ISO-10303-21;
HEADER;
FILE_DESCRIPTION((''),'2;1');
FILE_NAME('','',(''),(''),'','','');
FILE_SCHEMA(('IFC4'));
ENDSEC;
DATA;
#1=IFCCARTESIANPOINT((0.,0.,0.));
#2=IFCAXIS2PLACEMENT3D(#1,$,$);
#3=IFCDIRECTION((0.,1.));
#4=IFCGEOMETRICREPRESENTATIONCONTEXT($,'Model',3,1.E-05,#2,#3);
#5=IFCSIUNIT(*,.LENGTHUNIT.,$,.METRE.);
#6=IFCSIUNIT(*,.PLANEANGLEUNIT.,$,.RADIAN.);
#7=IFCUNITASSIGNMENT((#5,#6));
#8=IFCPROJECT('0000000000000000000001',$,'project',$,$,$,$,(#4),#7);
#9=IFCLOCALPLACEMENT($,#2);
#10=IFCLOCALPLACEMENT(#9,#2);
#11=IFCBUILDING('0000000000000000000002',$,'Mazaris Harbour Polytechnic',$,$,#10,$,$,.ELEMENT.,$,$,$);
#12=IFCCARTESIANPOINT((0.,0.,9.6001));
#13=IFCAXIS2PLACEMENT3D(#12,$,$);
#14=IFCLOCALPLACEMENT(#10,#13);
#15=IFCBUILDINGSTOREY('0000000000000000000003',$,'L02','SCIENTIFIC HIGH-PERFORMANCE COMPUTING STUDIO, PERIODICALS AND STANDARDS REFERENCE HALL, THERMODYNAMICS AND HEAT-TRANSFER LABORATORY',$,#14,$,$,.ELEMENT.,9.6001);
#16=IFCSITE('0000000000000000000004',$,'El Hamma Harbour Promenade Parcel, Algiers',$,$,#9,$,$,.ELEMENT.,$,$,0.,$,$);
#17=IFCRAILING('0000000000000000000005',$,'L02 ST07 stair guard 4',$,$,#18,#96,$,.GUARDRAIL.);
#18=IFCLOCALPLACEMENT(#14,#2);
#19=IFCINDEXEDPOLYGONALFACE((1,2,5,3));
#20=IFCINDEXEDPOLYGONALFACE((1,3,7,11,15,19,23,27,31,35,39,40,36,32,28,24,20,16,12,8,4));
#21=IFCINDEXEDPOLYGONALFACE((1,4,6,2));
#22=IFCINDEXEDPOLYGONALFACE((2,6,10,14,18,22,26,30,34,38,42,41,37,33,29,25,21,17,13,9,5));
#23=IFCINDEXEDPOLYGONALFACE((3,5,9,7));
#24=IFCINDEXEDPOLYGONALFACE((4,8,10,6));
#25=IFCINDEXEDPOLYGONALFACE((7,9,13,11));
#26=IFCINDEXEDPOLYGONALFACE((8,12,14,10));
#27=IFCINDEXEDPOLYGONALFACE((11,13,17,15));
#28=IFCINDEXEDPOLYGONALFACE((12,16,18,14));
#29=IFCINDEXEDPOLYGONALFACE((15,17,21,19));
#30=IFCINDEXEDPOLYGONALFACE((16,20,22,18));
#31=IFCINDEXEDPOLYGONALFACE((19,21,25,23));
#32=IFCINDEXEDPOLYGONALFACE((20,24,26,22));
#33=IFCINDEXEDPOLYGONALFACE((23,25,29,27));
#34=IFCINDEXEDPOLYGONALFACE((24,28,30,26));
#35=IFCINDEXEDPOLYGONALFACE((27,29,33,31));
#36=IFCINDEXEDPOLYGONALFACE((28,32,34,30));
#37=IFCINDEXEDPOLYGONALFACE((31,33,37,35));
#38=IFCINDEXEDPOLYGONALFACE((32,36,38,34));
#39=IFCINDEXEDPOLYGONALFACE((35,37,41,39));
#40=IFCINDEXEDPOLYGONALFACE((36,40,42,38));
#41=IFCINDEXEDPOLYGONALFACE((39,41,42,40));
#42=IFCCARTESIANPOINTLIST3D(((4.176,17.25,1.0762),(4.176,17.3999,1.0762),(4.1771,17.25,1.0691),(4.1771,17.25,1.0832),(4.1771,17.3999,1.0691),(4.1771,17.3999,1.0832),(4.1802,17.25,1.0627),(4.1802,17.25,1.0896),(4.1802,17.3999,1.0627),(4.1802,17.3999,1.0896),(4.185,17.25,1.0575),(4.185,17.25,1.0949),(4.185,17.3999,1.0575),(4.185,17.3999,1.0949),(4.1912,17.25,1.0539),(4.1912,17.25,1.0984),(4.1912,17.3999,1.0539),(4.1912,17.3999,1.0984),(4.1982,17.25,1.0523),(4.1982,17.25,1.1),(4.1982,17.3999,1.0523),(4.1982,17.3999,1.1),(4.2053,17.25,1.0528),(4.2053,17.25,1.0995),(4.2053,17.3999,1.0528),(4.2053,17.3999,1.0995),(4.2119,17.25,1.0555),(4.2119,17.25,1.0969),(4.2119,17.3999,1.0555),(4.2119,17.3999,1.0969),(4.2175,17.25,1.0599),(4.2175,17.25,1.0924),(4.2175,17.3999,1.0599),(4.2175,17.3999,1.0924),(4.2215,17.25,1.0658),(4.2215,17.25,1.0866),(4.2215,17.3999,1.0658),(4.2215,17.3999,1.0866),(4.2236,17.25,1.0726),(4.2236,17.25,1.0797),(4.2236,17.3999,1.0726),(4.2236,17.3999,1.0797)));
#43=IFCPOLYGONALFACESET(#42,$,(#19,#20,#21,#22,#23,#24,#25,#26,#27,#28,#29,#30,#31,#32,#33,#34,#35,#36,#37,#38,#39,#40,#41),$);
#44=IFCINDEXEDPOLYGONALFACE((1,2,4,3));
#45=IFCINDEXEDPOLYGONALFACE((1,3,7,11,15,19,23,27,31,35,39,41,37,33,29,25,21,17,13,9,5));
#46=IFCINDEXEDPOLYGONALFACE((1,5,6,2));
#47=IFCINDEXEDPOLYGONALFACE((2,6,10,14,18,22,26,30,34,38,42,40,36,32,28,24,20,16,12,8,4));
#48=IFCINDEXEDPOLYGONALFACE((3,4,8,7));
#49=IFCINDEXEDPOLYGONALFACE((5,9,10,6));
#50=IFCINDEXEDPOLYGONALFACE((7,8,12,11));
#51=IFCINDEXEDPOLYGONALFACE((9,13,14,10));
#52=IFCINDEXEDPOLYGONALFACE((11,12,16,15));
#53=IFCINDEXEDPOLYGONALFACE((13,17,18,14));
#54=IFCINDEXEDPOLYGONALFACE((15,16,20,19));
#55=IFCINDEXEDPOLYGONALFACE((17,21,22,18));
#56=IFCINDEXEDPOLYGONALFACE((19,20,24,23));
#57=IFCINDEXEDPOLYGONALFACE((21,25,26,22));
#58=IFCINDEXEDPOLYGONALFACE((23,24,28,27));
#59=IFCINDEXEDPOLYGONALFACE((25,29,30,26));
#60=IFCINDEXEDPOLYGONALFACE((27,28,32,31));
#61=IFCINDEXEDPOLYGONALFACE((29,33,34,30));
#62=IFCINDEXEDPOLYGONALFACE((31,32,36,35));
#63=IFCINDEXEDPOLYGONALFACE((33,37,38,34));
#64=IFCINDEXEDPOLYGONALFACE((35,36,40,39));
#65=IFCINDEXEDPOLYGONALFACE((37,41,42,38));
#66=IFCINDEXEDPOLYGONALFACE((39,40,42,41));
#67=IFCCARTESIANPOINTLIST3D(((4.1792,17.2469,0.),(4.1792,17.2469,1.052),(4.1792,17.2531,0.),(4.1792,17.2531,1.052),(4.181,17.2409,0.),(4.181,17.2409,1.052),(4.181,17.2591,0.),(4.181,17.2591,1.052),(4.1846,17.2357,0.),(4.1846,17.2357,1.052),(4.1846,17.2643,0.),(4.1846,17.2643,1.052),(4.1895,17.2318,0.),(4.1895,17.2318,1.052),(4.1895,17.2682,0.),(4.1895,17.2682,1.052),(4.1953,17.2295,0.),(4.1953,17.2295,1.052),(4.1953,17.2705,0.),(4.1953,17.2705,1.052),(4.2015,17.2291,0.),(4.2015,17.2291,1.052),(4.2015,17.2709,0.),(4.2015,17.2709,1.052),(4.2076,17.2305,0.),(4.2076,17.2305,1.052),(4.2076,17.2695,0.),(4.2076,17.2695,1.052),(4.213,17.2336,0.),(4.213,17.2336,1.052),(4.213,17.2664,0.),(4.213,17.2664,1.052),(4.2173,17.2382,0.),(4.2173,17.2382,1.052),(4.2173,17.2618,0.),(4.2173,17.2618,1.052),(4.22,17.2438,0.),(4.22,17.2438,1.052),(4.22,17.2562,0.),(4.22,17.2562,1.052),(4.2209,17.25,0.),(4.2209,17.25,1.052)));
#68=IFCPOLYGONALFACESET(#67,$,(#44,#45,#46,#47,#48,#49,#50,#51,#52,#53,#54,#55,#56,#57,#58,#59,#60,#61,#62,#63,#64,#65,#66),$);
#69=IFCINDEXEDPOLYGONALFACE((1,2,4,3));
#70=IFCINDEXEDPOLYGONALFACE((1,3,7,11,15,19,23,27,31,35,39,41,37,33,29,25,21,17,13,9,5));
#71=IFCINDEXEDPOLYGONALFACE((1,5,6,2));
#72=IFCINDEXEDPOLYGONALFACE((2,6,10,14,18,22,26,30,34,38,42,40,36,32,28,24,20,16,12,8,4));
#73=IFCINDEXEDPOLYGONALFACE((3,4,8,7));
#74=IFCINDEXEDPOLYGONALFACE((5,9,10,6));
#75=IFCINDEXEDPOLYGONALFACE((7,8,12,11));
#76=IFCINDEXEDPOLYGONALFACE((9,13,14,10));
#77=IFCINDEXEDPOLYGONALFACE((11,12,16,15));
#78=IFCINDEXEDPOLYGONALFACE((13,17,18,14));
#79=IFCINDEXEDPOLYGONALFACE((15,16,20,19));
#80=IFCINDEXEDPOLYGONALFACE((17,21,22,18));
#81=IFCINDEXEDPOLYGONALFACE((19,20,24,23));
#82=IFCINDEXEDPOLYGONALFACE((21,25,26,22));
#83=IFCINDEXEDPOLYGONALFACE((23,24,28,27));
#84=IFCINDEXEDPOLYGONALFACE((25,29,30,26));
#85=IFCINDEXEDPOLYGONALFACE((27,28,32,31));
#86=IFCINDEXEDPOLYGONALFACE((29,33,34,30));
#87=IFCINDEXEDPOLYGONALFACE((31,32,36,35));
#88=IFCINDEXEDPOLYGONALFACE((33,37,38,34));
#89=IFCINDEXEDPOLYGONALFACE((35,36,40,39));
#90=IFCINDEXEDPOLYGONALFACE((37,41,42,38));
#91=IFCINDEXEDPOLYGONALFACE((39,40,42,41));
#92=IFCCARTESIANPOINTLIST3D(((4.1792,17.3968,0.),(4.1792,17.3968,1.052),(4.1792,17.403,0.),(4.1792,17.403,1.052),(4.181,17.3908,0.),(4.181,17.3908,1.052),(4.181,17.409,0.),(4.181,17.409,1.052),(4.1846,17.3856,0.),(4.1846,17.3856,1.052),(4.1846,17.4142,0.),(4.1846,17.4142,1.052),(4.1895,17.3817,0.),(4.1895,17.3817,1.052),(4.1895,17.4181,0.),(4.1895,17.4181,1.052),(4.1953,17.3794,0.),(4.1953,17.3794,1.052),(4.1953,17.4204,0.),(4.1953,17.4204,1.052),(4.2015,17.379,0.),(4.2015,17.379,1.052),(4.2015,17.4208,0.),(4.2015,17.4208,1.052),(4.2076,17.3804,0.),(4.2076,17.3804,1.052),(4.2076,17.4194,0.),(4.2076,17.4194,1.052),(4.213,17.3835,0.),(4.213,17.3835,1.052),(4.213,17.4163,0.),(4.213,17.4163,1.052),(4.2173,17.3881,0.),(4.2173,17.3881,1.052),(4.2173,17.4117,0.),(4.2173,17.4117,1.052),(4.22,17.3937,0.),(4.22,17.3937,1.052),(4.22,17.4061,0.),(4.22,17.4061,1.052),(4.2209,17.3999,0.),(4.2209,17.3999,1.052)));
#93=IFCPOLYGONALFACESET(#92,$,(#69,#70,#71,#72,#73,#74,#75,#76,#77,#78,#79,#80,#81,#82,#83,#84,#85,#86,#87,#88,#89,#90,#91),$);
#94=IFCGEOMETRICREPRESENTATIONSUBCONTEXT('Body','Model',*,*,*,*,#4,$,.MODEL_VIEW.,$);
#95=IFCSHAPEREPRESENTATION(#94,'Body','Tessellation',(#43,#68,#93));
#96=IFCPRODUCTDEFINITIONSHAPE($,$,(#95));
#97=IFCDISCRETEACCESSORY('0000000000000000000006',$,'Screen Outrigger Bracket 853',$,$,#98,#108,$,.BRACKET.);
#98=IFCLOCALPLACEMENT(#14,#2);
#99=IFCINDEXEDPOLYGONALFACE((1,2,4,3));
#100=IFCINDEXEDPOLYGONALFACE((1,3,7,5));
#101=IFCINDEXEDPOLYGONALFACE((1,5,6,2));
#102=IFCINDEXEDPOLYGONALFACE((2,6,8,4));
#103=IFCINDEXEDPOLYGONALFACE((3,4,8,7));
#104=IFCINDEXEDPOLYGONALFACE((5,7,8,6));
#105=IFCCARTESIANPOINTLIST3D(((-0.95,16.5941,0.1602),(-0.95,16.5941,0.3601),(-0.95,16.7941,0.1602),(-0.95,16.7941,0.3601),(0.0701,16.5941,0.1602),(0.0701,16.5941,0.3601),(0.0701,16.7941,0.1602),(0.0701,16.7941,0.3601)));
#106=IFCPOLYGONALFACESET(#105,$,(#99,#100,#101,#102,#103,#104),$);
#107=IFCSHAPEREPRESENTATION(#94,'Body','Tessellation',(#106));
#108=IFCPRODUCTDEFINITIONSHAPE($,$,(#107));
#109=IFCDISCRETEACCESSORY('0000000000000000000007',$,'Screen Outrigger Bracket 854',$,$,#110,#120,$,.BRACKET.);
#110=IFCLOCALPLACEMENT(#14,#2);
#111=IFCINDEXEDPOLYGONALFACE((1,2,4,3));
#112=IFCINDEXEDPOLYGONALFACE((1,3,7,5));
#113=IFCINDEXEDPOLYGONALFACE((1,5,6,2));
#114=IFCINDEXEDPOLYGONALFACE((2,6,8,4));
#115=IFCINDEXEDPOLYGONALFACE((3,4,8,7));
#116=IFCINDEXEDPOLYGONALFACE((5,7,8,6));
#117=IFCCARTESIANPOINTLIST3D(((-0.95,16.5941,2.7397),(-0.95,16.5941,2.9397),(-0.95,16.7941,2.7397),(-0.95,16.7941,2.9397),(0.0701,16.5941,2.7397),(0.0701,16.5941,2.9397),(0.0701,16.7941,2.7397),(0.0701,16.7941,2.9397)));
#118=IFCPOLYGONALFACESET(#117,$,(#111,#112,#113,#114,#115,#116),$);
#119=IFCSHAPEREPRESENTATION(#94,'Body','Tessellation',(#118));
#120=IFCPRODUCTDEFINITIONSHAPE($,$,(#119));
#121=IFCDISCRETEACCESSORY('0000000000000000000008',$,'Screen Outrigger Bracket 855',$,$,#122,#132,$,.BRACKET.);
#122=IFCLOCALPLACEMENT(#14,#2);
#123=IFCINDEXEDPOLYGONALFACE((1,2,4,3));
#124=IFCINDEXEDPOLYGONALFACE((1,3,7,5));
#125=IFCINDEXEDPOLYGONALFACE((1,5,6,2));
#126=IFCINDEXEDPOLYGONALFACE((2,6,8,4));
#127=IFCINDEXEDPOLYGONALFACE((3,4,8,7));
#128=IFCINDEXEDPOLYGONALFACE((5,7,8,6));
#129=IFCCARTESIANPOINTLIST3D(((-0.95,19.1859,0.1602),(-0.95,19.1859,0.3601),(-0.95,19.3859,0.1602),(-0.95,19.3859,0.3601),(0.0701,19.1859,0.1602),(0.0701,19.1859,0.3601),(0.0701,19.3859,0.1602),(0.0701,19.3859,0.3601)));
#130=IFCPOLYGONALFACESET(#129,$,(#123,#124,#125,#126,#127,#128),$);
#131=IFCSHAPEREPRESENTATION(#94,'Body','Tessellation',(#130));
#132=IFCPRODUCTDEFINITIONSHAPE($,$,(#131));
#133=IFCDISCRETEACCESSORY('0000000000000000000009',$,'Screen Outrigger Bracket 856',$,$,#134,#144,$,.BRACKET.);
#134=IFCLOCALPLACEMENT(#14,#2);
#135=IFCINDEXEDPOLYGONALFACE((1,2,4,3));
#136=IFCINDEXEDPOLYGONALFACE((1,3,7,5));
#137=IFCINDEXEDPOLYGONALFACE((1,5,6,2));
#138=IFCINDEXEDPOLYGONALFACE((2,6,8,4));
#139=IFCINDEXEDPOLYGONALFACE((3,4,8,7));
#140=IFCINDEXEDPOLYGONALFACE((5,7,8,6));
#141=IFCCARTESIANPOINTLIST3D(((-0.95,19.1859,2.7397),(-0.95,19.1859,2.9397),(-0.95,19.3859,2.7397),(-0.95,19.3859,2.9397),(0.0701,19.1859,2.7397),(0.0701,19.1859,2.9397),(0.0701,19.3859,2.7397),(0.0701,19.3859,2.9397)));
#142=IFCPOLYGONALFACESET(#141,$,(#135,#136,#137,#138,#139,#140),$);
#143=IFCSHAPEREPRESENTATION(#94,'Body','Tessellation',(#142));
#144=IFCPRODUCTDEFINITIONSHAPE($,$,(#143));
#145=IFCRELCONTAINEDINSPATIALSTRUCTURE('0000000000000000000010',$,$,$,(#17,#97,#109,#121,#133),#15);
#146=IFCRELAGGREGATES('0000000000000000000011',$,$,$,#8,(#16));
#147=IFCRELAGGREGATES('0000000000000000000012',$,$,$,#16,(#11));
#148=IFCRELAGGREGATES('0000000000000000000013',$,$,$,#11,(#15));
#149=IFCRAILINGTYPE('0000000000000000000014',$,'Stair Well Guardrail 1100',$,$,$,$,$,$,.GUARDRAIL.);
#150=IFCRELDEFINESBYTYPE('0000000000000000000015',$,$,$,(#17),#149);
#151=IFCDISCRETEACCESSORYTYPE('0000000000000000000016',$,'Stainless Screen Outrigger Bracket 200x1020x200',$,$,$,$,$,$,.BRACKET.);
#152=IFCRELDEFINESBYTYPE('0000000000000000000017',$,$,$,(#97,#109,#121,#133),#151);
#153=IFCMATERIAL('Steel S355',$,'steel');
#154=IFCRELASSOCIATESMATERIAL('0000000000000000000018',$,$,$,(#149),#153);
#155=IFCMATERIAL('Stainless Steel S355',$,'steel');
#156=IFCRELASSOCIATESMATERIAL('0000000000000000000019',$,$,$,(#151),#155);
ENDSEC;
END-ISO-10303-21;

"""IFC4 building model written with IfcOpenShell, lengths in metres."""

from ifc_helpers import new_model, si_unit, direction, frame, origin, origin_2d, place, context, subcontext, project, spatial, rectangle, circle, extrude, material, type_object, element, save


model = new_model("IFC4")

# Units and contexts
model_context = context("Model", 3, precision=1e-05, world=origin(), true_north=direction((0.0, 1.0)))
body_context = subcontext(model_context, "Body", "Model", "MODEL_VIEW")
ifc_project = project(units=[si_unit("LENGTHUNIT", "METRE"), si_unit("PLANEANGLEUNIT", "RADIAN")], contexts=[model_context])

# Site, building, storey
site_placement = place(None, origin())
site = spatial("IfcSite", under=ifc_project, at=site_placement, Name="El Hamma Harbour Promenade Parcel, Algiers", CompositionType="ELEMENT", RefElevation=0.0)
building_placement = place(site_placement, origin())
building = spatial("IfcBuilding", under=site, at=building_placement, Name="Mazaris Harbour Polytechnic", CompositionType="ELEMENT")
storey_placement = place(building_placement, frame((0.0, 0.0, 9.6001)))
storey = spatial("IfcBuildingStorey", under=building, at=storey_placement, Name="L02", Description="SCIENTIFIC HIGH-PERFORMANCE COMPUTING STUDIO, PERIODICALS AND STANDARDS REFERENCE HALL, THERMODYNAMICS AND HEAT-TRANSFER LABORATORY", CompositionType="ELEMENT", Elevation=9.6001)

# Railing
ifc_material_1 = material(Name="Steel S355", Category="steel")
railing_type_1 = type_object("IfcRailingType", Name="Stair Well Guardrail 1100", PredefinedType="GUARDRAIL", material=ifc_material_1)
railing_1_placement = place(storey_placement, frame((4.2, 17.25, 0.0)))
element("IfcRailing", 1, at=railing_1_placement, inside=storey, type_object=railing_type_1, Name="L02 ST07 stair guard 4", PredefinedType="GUARDRAIL", context=body_context, shape_type="SweptSolid", body=[
    extrude(circle(Radius=0.0239, at=origin_2d()), frame((0.0, 0.0, 1.0762), z_axis=(0.0, 1.0, 0.0), x_axis=(-1.0, 0.0, 0.0)), (0.0, 0.0, 1.0), 0.1499),
    extrude(circle(Radius=0.021, at=origin_2d()), origin(), (0.0, 0.0, 1.0), 1.052),
    extrude(circle(Radius=0.021, at=origin_2d()), frame((0.0, 0.1499, 0.0)), (0.0, 0.0, 1.0), 1.052),
])

# Discrete accessories
ifc_material_2 = material(Name="Stainless Steel S355", Category="steel")
discrete_accessory_type = type_object("IfcDiscreteAccessoryType", Name="Stainless Screen Outrigger Bracket 200x1020x200", PredefinedType="BRACKET", material=ifc_material_2)
for number, where, z_axis, x_axis, name in (
    (2, (-0.4399, 16.6941, 0.1602), (0.0, 0.0, 1.0), (0.0, 1.0, 0.0), "Screen Outrigger Bracket 853"),
    (3, (-0.4399, 16.6941, 2.7397), (0.0, 0.0, 1.0), (0.0, 1.0, 0.0), "Screen Outrigger Bracket 854"),
    (4, (-0.4399, 19.2859, 0.1602), (0.0, 0.0, 1.0), (0.0, 1.0, 0.0), "Screen Outrigger Bracket 855"),
    (5, (-0.4399, 19.2859, 2.7397), (0.0, 0.0, 1.0), (0.0, 1.0, 0.0), "Screen Outrigger Bracket 856"),
):
    element("IfcDiscreteAccessory", number, at=place(storey_placement, frame(where, z_axis=z_axis, x_axis=x_axis)), inside=storey, type_object=discrete_accessory_type, Name=name, PredefinedType="BRACKET", context=body_context, shape_type="SweptSolid", body=[
        extrude(rectangle(XDim=0.2, YDim=1.02, at=origin_2d()), origin(), (0.0, 0.0, 1.0), 0.2),
    ])

save(model, "model.ifc")
